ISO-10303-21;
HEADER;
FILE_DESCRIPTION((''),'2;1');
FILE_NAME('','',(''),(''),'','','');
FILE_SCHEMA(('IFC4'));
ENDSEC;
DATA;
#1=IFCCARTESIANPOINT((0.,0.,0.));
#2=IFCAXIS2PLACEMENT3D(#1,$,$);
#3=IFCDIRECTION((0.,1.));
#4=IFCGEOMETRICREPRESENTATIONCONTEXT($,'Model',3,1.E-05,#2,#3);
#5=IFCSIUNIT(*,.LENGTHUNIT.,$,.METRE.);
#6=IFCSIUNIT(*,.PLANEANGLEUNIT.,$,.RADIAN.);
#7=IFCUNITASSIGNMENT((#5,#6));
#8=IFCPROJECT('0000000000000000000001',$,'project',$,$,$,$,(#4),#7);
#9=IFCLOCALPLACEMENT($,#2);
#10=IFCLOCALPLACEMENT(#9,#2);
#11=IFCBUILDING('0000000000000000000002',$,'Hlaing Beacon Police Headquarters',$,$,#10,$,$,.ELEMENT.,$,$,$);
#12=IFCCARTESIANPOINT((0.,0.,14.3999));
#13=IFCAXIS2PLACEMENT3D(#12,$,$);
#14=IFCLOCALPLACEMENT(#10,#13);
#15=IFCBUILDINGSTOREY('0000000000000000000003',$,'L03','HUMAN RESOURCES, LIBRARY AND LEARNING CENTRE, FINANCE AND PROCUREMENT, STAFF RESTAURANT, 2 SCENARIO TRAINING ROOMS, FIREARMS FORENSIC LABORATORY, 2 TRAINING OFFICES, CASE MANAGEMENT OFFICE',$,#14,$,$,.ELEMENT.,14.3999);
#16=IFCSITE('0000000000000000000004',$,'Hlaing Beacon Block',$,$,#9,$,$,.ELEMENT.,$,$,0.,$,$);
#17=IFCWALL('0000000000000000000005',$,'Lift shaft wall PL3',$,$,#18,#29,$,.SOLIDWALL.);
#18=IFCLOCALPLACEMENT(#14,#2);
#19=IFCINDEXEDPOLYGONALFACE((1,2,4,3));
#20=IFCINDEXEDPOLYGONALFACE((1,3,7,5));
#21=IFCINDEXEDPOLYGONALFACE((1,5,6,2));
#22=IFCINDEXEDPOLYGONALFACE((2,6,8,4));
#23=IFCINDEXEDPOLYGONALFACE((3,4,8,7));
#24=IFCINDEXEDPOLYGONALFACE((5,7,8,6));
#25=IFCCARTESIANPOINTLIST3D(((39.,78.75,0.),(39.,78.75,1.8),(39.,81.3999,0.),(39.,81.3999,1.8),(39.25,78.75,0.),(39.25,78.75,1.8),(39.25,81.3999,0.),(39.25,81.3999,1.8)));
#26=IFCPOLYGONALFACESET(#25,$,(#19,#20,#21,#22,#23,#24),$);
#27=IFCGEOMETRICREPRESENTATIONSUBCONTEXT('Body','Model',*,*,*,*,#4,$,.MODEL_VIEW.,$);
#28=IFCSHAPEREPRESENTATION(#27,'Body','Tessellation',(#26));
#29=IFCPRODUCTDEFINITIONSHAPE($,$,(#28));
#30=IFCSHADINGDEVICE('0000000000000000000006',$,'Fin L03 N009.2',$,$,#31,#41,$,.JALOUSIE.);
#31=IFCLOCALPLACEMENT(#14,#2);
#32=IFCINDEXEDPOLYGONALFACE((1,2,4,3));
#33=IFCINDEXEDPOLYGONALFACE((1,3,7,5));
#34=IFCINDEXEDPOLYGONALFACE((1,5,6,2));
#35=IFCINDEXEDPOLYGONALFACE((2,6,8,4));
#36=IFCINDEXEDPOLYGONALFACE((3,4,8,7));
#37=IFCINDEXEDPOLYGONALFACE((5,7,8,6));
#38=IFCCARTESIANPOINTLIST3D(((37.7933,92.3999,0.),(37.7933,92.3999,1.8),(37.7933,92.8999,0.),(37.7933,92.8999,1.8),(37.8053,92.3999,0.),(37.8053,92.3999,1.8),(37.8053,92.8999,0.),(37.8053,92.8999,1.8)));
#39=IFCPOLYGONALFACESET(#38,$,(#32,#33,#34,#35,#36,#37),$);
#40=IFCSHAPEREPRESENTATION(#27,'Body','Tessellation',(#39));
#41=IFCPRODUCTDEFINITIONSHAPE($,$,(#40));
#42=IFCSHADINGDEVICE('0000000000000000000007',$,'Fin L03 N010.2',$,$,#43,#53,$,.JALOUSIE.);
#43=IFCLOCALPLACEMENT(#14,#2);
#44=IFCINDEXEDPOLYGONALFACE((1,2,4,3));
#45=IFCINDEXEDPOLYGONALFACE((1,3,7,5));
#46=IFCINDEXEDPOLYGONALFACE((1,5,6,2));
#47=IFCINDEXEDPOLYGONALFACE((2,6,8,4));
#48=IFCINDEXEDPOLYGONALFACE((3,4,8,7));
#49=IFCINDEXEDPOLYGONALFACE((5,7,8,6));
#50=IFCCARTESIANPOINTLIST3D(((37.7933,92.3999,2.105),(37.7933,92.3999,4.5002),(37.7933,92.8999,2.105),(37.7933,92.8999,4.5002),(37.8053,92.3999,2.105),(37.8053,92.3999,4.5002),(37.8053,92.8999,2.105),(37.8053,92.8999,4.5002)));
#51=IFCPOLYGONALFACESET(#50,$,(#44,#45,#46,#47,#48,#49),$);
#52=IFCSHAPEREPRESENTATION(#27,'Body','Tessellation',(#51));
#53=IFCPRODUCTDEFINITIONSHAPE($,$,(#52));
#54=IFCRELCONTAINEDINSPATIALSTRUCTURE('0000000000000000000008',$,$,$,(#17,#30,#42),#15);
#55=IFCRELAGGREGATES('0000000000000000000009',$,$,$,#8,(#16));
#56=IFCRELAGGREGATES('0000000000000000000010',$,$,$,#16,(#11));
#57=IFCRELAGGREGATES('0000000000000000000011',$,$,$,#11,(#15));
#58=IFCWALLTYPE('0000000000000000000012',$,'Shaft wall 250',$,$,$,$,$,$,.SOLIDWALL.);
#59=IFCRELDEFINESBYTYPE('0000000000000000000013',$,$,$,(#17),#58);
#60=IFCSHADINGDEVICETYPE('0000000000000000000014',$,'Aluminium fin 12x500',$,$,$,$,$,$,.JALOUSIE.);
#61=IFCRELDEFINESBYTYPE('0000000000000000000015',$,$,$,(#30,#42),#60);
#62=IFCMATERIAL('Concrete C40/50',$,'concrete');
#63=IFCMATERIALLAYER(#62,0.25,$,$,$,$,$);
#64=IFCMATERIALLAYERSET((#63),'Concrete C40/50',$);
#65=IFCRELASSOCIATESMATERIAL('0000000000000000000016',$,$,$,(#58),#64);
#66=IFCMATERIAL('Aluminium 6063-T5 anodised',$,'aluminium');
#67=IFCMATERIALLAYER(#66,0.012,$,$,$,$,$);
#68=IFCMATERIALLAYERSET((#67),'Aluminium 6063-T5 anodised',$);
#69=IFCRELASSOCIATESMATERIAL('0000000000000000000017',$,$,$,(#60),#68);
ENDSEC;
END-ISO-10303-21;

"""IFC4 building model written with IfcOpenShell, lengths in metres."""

from ifc_helpers import new_model, si_unit, direction, frame, frame_2d, origin, origin_2d, place, context, subcontext, project, spatial, rectangle, extrude, material, layer, layer_set, type_object, element, save


model = new_model("IFC4")

# Units and contexts
model_context = context("Model", 3, precision=1e-05, world=origin(), true_north=direction((0.0, 1.0)))
body_context = subcontext(model_context, "Body", "Model", "MODEL_VIEW")
ifc_project = project(units=[si_unit("LENGTHUNIT", "METRE"), si_unit("PLANEANGLEUNIT", "RADIAN")], contexts=[model_context])

# Site, building, storey
site_placement = place(None, origin())
site = spatial("IfcSite", under=ifc_project, at=site_placement, Name="Hlaing Beacon Block", CompositionType="ELEMENT", RefElevation=0.0)
building_placement = place(site_placement, origin())
building = spatial("IfcBuilding", under=site, at=building_placement, Name="Hlaing Beacon Police Headquarters", CompositionType="ELEMENT")
storey_placement = place(building_placement, frame((0.0, 0.0, 14.3999)))
storey = spatial("IfcBuildingStorey", under=building, at=storey_placement, Name="L03", Description="HUMAN RESOURCES, LIBRARY AND LEARNING CENTRE, FINANCE AND PROCUREMENT, STAFF RESTAURANT, 2 SCENARIO TRAINING ROOMS, FIREARMS FORENSIC LABORATORY, 2 TRAINING OFFICES, CASE MANAGEMENT OFFICE", CompositionType="ELEMENT", Elevation=14.3999)

# Wall
ifc_material_1 = material(Name="Concrete C40/50", Category="concrete")
ifc_layer_1 = layer(ifc_material_1, 0.25)
ifc_layer_set_1 = layer_set([ifc_layer_1], Name="Concrete C40/50")
wall_type = type_object("IfcWallType", Name="Shaft wall 250", PredefinedType="SOLIDWALL", material=ifc_layer_set_1)
wall_1_placement = place(storey_placement, frame((39.125, 78.75, 0.0), z_axis=(0.0, 0.0, 1.0), x_axis=(0.0, 1.0, 0.0)))
element("IfcWall", 1, at=wall_1_placement, inside=storey, type_object=wall_type, Name="Lift shaft wall PL3", PredefinedType="SOLIDWALL", context=body_context, shape_type="SweptSolid", body=[
    extrude(rectangle(XDim=2.6499, YDim=0.25, at=frame_2d((1.325, 0.0))), origin(), (0.0, 0.0, 1.0), 1.8),
])

# Shading devices
ifc_material_2 = material(Name="Aluminium 6063-T5 anodised", Category="aluminium")
ifc_layer_2 = layer(ifc_material_2, 0.012)
ifc_layer_set_2 = layer_set([ifc_layer_2], Name="Aluminium 6063-T5 anodised")
shading_device_type = type_object("IfcShadingDeviceType", Name="Aluminium fin 12x500", PredefinedType="JALOUSIE", material=ifc_layer_set_2)
shading_device_1_placement = place(storey_placement, frame((37.7993, 92.6499, 0.0), z_axis=(0.0, 0.0, 1.0), x_axis=(-1.0, 0.0, 0.0)))
element("IfcShadingDevice", 2, at=shading_device_1_placement, inside=storey, type_object=shading_device_type, Name="Fin L03 N009.2", PredefinedType="JALOUSIE", context=body_context, shape_type="SweptSolid", body=[
    extrude(rectangle(XDim=0.012, YDim=0.5, at=origin_2d()), origin(), (0.0, 0.0, 1.0), 1.8),
])
shading_device_2_placement = place(storey_placement, frame((37.7993, 92.6499, 2.105), z_axis=(0.0, 0.0, 1.0), x_axis=(-1.0, 0.0, 0.0)))
element("IfcShadingDevice", 3, at=shading_device_2_placement, inside=storey, type_object=shading_device_type, Name="Fin L03 N010.2", PredefinedType="JALOUSIE", context=body_context, shape_type="SweptSolid", body=[
    extrude(rectangle(XDim=0.012, YDim=0.5, at=origin_2d()), origin(), (0.0, 0.0, 1.0), 2.3953),
])

save(model, "model.ifc")
